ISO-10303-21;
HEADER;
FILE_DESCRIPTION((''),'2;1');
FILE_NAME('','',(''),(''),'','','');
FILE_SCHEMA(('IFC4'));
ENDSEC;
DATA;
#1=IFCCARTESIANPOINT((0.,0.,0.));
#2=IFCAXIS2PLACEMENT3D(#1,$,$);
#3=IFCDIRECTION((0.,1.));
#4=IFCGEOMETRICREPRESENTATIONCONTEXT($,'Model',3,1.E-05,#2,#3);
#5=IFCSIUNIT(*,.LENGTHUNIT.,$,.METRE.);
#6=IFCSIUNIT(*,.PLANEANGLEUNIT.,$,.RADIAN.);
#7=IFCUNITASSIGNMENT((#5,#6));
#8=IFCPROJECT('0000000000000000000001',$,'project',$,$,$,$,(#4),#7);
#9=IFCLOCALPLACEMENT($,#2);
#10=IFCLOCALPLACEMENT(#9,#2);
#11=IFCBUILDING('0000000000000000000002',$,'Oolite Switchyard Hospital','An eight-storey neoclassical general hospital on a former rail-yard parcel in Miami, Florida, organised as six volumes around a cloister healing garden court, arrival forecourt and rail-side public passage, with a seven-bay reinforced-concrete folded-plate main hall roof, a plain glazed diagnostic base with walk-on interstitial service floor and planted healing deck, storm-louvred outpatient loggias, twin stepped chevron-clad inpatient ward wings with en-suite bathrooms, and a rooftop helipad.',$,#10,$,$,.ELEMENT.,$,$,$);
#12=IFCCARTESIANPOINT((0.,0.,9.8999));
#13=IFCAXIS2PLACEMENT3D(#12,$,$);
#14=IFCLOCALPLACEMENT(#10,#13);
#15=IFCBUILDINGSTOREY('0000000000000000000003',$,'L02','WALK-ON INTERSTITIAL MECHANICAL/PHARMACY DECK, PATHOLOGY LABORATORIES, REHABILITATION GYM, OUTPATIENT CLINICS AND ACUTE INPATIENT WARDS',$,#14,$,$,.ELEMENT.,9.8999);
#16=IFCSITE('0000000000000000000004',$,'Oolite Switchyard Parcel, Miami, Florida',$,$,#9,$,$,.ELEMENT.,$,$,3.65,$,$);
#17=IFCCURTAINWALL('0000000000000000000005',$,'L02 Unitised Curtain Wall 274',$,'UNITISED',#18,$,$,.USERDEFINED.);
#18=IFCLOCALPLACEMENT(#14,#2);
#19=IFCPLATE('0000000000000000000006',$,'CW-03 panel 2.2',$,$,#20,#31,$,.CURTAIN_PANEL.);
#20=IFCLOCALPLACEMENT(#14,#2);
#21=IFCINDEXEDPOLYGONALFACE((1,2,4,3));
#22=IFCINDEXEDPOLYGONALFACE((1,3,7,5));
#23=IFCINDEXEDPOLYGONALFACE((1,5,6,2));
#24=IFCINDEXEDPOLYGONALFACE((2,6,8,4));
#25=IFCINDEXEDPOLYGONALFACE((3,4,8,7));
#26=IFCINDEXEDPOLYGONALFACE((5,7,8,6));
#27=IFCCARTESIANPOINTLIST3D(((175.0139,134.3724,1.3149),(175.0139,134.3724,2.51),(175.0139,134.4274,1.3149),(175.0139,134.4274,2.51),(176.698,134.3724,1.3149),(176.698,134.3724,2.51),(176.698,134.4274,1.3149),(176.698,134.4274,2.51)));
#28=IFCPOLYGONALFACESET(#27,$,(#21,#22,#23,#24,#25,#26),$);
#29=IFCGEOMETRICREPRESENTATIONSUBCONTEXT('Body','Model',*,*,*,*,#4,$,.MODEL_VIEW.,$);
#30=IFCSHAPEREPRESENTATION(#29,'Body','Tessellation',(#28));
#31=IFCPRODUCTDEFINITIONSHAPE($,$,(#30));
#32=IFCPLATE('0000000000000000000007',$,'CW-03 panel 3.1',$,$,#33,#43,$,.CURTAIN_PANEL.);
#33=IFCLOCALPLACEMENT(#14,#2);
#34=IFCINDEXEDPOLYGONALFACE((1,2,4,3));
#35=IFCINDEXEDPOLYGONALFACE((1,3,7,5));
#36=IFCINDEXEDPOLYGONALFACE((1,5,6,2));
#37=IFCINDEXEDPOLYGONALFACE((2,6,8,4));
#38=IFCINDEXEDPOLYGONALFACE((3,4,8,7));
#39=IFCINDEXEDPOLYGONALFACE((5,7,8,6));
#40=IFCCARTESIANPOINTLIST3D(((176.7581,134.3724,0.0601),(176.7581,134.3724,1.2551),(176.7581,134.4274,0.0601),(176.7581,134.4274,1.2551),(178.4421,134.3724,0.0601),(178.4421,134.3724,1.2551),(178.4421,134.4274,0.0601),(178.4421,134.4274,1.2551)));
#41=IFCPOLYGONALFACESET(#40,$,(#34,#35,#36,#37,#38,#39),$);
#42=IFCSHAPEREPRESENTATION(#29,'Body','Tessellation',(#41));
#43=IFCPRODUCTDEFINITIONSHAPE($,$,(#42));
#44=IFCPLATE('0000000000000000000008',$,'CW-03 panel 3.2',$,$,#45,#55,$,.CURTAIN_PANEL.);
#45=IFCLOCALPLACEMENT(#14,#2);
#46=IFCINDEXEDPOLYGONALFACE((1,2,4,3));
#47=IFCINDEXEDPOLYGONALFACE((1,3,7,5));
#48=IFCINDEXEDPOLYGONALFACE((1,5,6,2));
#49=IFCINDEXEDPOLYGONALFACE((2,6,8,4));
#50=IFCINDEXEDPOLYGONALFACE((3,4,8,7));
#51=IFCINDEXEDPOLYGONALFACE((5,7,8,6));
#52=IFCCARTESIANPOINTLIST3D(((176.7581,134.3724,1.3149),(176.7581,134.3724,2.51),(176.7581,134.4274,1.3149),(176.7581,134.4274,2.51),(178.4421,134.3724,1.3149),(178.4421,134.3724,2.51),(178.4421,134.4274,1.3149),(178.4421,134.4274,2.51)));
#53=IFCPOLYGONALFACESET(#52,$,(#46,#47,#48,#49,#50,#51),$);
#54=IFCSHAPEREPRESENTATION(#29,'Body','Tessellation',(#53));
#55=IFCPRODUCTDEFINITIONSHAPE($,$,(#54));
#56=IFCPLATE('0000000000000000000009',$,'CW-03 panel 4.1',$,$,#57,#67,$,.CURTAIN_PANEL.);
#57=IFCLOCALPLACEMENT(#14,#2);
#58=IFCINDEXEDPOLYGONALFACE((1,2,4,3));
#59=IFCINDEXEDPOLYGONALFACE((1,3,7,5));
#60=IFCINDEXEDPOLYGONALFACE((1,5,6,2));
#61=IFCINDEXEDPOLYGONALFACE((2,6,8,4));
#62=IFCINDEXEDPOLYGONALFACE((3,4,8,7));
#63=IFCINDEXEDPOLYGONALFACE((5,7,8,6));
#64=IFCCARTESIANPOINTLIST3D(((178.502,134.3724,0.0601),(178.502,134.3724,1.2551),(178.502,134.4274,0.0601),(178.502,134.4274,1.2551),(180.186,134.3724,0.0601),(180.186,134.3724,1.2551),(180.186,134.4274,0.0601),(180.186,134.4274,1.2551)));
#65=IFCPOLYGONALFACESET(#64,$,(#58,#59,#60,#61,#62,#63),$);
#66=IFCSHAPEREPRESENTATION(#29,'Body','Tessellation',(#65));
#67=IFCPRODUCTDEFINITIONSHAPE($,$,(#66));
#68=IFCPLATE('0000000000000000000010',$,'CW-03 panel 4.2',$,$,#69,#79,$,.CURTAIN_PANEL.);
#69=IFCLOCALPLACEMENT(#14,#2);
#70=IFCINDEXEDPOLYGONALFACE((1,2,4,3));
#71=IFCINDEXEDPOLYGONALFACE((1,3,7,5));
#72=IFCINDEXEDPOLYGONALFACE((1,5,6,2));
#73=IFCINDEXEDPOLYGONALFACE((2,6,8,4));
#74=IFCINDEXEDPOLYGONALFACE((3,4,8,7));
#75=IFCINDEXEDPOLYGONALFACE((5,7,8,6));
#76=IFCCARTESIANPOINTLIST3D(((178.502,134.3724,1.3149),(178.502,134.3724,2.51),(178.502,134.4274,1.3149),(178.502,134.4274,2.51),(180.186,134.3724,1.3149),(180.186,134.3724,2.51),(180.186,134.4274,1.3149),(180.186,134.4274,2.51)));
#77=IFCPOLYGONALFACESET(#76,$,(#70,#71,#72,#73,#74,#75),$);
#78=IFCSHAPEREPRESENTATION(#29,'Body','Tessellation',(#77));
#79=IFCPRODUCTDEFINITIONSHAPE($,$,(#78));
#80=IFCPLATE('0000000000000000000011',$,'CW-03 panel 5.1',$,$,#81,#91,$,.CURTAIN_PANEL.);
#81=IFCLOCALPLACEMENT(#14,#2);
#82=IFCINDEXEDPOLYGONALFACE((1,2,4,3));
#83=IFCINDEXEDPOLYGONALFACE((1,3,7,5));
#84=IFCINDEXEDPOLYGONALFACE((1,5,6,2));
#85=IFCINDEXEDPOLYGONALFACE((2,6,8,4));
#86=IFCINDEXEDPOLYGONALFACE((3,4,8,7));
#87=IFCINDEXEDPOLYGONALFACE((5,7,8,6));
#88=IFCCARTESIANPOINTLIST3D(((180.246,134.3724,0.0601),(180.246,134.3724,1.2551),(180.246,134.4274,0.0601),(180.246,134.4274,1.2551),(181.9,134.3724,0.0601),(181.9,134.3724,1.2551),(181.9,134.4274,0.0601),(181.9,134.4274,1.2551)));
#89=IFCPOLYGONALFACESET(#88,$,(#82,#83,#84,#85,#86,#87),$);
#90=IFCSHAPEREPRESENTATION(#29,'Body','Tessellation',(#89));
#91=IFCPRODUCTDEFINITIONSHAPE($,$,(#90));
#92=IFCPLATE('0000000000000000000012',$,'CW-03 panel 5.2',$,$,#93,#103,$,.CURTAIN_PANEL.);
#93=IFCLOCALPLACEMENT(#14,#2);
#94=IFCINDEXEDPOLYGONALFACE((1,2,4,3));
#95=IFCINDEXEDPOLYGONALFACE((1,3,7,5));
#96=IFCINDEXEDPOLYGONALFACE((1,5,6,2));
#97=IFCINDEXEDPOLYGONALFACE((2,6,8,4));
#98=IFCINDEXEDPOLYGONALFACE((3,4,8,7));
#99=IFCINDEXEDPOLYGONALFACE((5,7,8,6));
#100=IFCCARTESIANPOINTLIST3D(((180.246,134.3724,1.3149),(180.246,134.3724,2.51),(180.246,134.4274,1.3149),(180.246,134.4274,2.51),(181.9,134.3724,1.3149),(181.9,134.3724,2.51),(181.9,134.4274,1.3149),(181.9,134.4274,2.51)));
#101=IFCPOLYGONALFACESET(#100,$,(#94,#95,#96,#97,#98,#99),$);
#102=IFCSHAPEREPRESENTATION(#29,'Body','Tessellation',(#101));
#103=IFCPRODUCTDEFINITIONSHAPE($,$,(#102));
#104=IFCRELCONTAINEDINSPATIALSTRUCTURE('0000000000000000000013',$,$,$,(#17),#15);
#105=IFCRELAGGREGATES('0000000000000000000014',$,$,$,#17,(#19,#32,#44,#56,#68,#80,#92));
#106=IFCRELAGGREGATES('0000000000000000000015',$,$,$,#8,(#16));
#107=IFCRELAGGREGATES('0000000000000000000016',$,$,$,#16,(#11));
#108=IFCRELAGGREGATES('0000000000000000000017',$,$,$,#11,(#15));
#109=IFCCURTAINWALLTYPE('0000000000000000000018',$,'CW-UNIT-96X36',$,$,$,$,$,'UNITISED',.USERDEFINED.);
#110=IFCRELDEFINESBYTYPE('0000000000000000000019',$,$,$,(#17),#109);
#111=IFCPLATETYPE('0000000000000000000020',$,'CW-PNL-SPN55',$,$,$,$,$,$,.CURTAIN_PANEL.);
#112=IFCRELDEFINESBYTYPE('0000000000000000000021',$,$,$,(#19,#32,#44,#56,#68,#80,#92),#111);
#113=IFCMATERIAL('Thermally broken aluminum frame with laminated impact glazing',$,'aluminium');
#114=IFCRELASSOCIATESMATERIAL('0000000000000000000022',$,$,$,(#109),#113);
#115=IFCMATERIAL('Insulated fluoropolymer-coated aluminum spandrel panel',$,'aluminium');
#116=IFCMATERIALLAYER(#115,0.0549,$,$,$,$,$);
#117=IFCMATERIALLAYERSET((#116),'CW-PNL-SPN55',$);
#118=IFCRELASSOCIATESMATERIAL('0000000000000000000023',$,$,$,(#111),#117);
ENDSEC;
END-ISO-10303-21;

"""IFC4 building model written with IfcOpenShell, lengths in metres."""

from ifc_helpers import new_model, si_unit, direction, frame, origin, origin_2d, place, context, subcontext, project, spatial, rectangle, extrude, material, layer, layer_set, type_object, element, aggregate, save


model = new_model("IFC4")

# Units and contexts
model_context = context("Model", 3, precision=1e-05, world=origin(), true_north=direction((0.0, 1.0)))
body_context = subcontext(model_context, "Body", "Model", "MODEL_VIEW")
ifc_project = project(units=[si_unit("LENGTHUNIT", "METRE"), si_unit("PLANEANGLEUNIT", "RADIAN")], contexts=[model_context])

# Site, building, storey
site_placement = place(None, origin())
site = spatial("IfcSite", under=ifc_project, at=site_placement, Name="Oolite Switchyard Parcel, Miami, Florida", CompositionType="ELEMENT", RefElevation=3.65)
building_placement = place(site_placement, origin())
building = spatial("IfcBuilding", under=site, at=building_placement, Name="Oolite Switchyard Hospital", Description="An eight-storey neoclassical general hospital on a former rail-yard parcel in Miami, Florida, organised as six volumes around a cloister healing garden court, arrival forecourt and rail-side public passage, with a seven-bay reinforced-concrete folded-plate main hall roof, a plain glazed diagnostic base with walk-on interstitial service floor and planted healing deck, storm-louvred outpatient loggias, twin stepped chevron-clad inpatient ward wings with en-suite bathrooms, and a rooftop helipad.", CompositionType="ELEMENT")
storey_placement = place(building_placement, frame((0.0, 0.0, 9.8999)))
storey = spatial("IfcBuildingStorey", under=building, at=storey_placement, Name="L02", Description="WALK-ON INTERSTITIAL MECHANICAL/PHARMACY DECK, PATHOLOGY LABORATORIES, REHABILITATION GYM, OUTPATIENT CLINICS AND ACUTE INPATIENT WARDS", CompositionType="ELEMENT", Elevation=9.8999)

# Curtain wall, plates
ifc_material_1 = material(Name="Thermally broken aluminum frame with laminated impact glazing", Category="aluminium")
curtain_wall_type = type_object("IfcCurtainWallType", Name="CW-UNIT-96X36", ElementType="UNITISED", PredefinedType="USERDEFINED", material=ifc_material_1)
curtain_wall_placement = place(storey_placement, origin())
curtain_wall = element("IfcCurtainWall", 1, at=curtain_wall_placement, inside=storey, type_object=curtain_wall_type, Name="L02 Unitised Curtain Wall 274", ObjectType="UNITISED", PredefinedType="USERDEFINED")
ifc_material_2 = material(Name="Insulated fluoropolymer-coated aluminum spandrel panel", Category="aluminium")
ifc_layer = layer(ifc_material_2, 0.0549)
ifc_layer_set = layer_set([ifc_layer], Name="CW-PNL-SPN55")
plate_type = type_object("IfcPlateType", Name="CW-PNL-SPN55", PredefinedType="CURTAIN_PANEL", material=ifc_layer_set)
plate_1_placement = place(storey_placement, frame((175.856, 134.3999, 1.3149), z_axis=(0.0, 0.0, 1.0), x_axis=(1.0, 0.0, 0.0)))
plate_1 = element("IfcPlate", 2, at=plate_1_placement, type_object=plate_type, Name="CW-03 panel 2.2", PredefinedType="CURTAIN_PANEL", context=body_context, shape_type="SweptSolid", body=[
    extrude(rectangle(XDim=1.6841, YDim=0.0549, at=origin_2d()), origin(), (0.0, 0.0, 1.0), 1.1951),
])
plate_2_placement = place(storey_placement, frame((177.6001, 134.3999, 0.0601), z_axis=(0.0, 0.0, 1.0), x_axis=(1.0, 0.0, 0.0)))
plate_2 = element("IfcPlate", 3, at=plate_2_placement, type_object=plate_type, Name="CW-03 panel 3.1", PredefinedType="CURTAIN_PANEL", context=body_context, shape_type="SweptSolid", body=[
    extrude(rectangle(XDim=1.6841, YDim=0.0549, at=origin_2d()), origin(), (0.0, 0.0, 1.0), 1.1951),
])
plate_3_placement = place(storey_placement, frame((177.6001, 134.3999, 1.3149), z_axis=(0.0, 0.0, 1.0), x_axis=(1.0, 0.0, 0.0)))
plate_3 = element("IfcPlate", 4, at=plate_3_placement, type_object=plate_type, Name="CW-03 panel 3.2", PredefinedType="CURTAIN_PANEL", context=body_context, shape_type="SweptSolid", body=[
    extrude(rectangle(XDim=1.6841, YDim=0.0549, at=origin_2d()), origin(), (0.0, 0.0, 1.0), 1.1951),
])
plate_4_placement = place(storey_placement, frame((179.344, 134.3999, 0.0601), z_axis=(0.0, 0.0, 1.0), x_axis=(1.0, 0.0, 0.0)))
plate_4 = element("IfcPlate", 5, at=plate_4_placement, type_object=plate_type, Name="CW-03 panel 4.1", PredefinedType="CURTAIN_PANEL", context=body_context, shape_type="SweptSolid", body=[
    extrude(rectangle(XDim=1.6841, YDim=0.0549, at=origin_2d()), origin(), (0.0, 0.0, 1.0), 1.1951),
])
plate_5_placement = place(storey_placement, frame((179.344, 134.3999, 1.3149), z_axis=(0.0, 0.0, 1.0), x_axis=(1.0, 0.0, 0.0)))
plate_5 = element("IfcPlate", 6, at=plate_5_placement, type_object=plate_type, Name="CW-03 panel 4.2", PredefinedType="CURTAIN_PANEL", context=body_context, shape_type="SweptSolid", body=[
    extrude(rectangle(XDim=1.6841, YDim=0.0549, at=origin_2d()), origin(), (0.0, 0.0, 1.0), 1.1951),
])
plate_6_placement = place(storey_placement, frame((181.073, 134.3999, 0.0601), z_axis=(0.0, 0.0, 1.0), x_axis=(1.0, 0.0, 0.0)))
plate_6 = element("IfcPlate", 7, at=plate_6_placement, type_object=plate_type, Name="CW-03 panel 5.1", PredefinedType="CURTAIN_PANEL", context=body_context, shape_type="SweptSolid", body=[
    extrude(rectangle(XDim=1.6541, YDim=0.0549, at=origin_2d()), origin(), (0.0, 0.0, 1.0), 1.1951),
])
plate_7_placement = place(storey_placement, frame((181.073, 134.3999, 1.3149), z_axis=(0.0, 0.0, 1.0), x_axis=(1.0, 0.0, 0.0)))
plate_7 = element("IfcPlate", 8, at=plate_7_placement, type_object=plate_type, Name="CW-03 panel 5.2", PredefinedType="CURTAIN_PANEL", context=body_context, shape_type="SweptSolid", body=[
    extrude(rectangle(XDim=1.6541, YDim=0.0549, at=origin_2d()), origin(), (0.0, 0.0, 1.0), 1.1951),
])
aggregate(curtain_wall, [plate_1, plate_2, plate_3, plate_4, plate_5, plate_6, plate_7])

save(model, "model.ifc")
